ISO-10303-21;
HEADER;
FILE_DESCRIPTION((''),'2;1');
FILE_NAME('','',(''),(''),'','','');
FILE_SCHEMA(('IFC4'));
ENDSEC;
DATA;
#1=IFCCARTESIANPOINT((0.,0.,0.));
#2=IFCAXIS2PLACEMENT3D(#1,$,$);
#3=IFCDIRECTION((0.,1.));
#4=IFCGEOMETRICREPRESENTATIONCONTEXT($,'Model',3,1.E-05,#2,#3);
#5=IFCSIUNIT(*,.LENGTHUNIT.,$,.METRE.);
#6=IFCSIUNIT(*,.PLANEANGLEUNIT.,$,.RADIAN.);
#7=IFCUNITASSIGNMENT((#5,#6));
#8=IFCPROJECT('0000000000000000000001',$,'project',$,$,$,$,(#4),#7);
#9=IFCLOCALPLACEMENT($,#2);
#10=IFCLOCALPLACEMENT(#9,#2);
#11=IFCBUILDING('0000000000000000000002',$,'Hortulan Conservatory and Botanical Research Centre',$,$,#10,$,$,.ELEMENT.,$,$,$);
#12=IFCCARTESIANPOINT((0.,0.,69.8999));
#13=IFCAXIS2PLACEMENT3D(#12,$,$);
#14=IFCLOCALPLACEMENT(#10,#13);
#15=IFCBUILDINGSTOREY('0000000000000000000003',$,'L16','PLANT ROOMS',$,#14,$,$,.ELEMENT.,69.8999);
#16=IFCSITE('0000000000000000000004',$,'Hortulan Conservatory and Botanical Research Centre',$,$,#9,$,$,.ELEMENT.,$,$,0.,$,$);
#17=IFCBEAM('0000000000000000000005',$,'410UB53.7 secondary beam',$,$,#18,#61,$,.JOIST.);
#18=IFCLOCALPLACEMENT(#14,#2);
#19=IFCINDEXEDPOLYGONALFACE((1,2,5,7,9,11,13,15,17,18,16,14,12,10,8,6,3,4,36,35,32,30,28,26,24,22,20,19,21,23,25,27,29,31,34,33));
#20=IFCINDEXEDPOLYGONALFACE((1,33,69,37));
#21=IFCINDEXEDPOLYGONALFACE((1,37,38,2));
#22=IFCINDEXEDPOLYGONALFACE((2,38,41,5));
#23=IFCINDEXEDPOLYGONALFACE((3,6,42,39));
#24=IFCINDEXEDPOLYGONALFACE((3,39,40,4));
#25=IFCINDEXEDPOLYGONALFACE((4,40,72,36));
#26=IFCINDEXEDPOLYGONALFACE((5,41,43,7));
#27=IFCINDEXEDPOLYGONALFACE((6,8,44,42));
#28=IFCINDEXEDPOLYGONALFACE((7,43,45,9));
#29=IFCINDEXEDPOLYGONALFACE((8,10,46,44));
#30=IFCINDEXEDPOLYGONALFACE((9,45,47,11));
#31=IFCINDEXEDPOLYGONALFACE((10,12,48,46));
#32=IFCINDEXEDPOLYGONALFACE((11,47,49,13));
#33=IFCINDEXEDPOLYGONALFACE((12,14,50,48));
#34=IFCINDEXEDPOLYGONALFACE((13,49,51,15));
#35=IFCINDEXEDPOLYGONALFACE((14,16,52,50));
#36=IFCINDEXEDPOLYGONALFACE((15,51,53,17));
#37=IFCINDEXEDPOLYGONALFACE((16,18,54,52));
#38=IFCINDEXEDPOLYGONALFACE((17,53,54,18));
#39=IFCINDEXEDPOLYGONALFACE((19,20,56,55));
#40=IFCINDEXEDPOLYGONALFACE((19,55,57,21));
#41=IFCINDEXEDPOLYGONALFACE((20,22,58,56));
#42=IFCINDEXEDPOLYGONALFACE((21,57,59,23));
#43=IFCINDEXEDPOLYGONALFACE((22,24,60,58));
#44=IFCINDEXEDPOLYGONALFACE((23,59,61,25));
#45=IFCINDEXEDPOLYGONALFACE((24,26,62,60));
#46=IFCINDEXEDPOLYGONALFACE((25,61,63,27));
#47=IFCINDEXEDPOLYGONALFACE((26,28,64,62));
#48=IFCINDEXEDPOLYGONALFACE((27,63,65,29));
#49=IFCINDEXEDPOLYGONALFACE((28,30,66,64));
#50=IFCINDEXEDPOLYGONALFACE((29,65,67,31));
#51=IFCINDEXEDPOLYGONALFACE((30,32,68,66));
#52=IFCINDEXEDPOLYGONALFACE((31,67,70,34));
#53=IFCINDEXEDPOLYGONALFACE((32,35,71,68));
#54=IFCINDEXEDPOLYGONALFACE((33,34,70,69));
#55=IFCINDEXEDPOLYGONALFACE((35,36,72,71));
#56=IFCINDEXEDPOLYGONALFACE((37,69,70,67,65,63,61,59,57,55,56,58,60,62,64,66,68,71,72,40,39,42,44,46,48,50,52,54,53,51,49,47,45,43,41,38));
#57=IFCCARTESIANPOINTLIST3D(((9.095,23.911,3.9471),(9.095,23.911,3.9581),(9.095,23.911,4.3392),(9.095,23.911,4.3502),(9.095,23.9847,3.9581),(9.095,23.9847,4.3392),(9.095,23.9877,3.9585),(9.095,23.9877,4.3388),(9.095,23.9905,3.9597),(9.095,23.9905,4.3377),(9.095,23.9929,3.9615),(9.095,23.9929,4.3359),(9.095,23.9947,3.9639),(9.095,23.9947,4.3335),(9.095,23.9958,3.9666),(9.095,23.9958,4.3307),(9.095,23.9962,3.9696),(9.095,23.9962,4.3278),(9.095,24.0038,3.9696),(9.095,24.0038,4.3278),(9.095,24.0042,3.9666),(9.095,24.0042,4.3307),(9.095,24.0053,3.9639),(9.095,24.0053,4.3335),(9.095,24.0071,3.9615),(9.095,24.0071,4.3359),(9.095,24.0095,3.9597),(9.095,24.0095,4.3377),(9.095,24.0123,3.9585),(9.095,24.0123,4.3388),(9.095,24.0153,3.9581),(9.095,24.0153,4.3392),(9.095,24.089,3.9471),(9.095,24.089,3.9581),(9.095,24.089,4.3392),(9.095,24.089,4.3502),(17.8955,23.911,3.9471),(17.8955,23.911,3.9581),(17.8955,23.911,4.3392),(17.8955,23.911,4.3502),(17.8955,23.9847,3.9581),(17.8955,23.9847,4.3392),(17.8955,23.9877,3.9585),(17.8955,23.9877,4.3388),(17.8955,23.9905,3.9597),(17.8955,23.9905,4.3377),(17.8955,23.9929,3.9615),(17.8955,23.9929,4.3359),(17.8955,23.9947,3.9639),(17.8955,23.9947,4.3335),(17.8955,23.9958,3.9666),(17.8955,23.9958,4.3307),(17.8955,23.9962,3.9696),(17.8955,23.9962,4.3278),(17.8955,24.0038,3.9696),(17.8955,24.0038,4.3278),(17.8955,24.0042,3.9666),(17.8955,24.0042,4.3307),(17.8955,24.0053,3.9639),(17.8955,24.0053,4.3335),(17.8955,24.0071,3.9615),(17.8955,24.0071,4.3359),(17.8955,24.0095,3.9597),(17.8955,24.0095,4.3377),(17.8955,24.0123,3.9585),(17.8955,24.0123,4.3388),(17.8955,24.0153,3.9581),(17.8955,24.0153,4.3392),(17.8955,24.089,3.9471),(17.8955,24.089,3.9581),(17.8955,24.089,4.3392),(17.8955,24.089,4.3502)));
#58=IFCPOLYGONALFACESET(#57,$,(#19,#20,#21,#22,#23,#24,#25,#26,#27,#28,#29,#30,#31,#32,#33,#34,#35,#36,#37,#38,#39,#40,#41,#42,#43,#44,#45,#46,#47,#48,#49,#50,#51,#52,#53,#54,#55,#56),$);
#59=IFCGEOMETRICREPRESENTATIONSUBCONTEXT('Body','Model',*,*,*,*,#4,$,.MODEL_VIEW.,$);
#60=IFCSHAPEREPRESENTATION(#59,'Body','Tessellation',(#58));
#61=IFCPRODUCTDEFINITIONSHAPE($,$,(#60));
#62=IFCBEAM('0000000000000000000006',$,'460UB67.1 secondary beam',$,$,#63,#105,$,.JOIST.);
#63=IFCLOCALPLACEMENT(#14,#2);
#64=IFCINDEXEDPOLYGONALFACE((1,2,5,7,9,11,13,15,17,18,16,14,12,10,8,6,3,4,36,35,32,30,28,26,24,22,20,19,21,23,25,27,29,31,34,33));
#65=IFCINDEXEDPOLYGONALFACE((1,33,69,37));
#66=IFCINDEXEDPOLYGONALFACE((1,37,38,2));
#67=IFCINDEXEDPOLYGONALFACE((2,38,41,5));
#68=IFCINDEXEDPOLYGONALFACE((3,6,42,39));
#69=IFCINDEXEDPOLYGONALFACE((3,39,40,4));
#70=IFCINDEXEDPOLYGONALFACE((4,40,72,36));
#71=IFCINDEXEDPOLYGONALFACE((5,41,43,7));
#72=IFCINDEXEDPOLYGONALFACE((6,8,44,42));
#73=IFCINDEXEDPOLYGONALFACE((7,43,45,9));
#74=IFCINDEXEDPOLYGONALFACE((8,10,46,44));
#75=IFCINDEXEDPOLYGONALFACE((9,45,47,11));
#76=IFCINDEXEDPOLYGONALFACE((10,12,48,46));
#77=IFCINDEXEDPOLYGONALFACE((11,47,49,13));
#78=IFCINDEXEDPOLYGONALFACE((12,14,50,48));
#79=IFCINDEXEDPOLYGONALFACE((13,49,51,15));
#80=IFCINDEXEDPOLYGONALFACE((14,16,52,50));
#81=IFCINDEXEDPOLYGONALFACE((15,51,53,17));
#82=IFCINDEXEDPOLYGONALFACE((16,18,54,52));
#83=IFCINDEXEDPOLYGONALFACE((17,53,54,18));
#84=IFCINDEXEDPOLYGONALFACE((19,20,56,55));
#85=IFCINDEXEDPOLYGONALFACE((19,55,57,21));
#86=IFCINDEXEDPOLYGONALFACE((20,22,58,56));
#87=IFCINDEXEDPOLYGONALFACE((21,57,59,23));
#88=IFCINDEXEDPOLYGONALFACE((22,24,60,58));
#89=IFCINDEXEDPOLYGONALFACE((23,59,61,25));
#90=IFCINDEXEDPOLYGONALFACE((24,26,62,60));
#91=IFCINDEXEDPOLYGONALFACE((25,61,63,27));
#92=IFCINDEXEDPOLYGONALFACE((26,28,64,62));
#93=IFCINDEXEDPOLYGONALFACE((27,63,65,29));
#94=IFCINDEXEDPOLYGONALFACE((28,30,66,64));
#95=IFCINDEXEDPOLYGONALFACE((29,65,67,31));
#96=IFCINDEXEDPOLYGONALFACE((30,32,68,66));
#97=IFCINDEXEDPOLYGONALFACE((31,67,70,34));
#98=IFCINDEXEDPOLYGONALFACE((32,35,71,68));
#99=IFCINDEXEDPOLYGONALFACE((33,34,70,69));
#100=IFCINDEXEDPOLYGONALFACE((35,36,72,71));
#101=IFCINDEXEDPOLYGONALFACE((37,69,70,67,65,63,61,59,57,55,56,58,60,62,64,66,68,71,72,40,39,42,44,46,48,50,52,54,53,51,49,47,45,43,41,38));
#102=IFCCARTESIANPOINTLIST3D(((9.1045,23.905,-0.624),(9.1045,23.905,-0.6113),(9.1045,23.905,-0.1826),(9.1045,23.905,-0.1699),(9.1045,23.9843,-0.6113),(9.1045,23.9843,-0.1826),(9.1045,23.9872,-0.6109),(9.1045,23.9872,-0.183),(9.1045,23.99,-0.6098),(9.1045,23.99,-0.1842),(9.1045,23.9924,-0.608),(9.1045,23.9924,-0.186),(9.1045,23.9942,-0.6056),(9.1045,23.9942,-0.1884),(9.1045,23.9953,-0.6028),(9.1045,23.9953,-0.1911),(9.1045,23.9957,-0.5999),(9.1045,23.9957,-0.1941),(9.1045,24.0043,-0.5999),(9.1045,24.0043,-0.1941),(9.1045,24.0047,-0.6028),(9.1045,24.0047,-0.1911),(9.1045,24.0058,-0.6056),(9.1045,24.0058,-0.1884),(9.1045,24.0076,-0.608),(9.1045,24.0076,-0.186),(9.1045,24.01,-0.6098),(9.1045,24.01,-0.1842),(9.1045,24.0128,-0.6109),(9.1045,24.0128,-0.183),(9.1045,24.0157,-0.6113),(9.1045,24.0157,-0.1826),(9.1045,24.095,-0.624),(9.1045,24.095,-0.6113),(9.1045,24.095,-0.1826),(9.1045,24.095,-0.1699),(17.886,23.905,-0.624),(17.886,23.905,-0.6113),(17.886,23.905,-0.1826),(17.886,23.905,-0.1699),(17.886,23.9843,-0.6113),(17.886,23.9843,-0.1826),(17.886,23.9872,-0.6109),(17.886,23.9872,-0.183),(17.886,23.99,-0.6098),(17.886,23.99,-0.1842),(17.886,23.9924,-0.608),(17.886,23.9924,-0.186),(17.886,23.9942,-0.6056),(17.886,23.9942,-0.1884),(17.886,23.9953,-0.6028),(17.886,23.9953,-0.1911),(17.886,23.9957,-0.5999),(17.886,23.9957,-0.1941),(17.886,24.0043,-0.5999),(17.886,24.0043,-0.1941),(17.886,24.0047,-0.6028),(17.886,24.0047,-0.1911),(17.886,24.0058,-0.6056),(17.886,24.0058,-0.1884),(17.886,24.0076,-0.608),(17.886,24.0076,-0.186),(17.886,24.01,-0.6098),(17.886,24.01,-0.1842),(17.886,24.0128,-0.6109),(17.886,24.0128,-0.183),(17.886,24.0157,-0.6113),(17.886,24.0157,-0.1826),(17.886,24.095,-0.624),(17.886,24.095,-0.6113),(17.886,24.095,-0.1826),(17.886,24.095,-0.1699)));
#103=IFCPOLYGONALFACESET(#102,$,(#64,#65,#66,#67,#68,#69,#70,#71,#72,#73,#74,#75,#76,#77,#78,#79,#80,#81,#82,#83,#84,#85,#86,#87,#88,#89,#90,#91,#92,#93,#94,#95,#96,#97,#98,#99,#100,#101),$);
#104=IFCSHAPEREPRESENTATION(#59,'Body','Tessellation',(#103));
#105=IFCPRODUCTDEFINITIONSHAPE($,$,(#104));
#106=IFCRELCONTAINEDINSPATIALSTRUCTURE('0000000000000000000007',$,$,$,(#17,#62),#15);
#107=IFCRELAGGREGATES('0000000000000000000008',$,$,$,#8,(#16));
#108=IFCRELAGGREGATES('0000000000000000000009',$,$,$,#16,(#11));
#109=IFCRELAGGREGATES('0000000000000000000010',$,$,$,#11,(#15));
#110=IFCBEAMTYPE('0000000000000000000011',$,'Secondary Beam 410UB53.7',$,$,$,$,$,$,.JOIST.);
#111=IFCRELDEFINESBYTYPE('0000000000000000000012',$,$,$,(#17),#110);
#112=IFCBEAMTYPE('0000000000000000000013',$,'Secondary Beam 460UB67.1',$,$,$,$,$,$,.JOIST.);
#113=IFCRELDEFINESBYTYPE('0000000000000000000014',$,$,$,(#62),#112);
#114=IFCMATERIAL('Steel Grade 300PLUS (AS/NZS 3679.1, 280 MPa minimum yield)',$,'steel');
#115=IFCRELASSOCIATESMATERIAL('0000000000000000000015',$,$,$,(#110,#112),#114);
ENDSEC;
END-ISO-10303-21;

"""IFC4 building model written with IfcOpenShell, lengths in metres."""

from ifc_helpers import new_model, si_unit, direction, frame, origin, origin_2d, place, context, subcontext, project, spatial, i_section, extrude, material, material_profile, profile_set, type_object, element, save


model = new_model("IFC4")

# Units and contexts
model_context = context("Model", 3, precision=1e-05, world=origin(), true_north=direction((0.0, 1.0)))
body_context = subcontext(model_context, "Body", "Model", "MODEL_VIEW")
ifc_project = project(units=[si_unit("LENGTHUNIT", "METRE"), si_unit("PLANEANGLEUNIT", "RADIAN")], contexts=[model_context])

# Site, building, storey
site_placement = place(None, origin())
site = spatial("IfcSite", under=ifc_project, at=site_placement, Name="Hortulan Conservatory and Botanical Research Centre", CompositionType="ELEMENT", RefElevation=0.0)
building_placement = place(site_placement, origin())
building = spatial("IfcBuilding", under=site, at=building_placement, Name="Hortulan Conservatory and Botanical Research Centre", CompositionType="ELEMENT")
storey_placement = place(building_placement, frame((0.0, 0.0, 69.8999)))
storey = spatial("IfcBuildingStorey", under=building, at=storey_placement, Name="L16", Description="PLANT ROOMS", CompositionType="ELEMENT", Elevation=69.8999)

# Shared definitions
ifc_material_1 = material(Name="Steel Grade 300PLUS (AS/NZS 3679.1, 280 MPa minimum yield)", Category="steel")

# Beams
ifc_material_profile_1 = material_profile(ifc_material_1, i_section(OverallWidth=0.178, OverallDepth=0.4031, WebThickness=0.0076, FlangeThickness=0.011, FilletRadius=0.0115, at=origin_2d()), Name="410UB53.7")
ifc_profile_set_1 = profile_set([ifc_material_profile_1], Name="Steel Grade 300PLUS (AS/NZS 3679.1, 280 MPa minimum yield)")
beam_type_1 = type_object("IfcBeamType", Name="Secondary Beam 410UB53.7", PredefinedType="JOIST", material=ifc_profile_set_1)
beam_1_placement = place(storey_placement, frame((9.095, 24.0, 4.1487), z_axis=(1.0, 0.0, 0.0), x_axis=(0.0, 1.0, 0.0)))
element("IfcBeam", 1, at=beam_1_placement, inside=storey, type_object=beam_type_1, Name="410UB53.7 secondary beam", PredefinedType="JOIST", context=body_context, shape_type="SweptSolid", body=[
    extrude(i_section(OverallWidth=0.178, OverallDepth=0.4031, WebThickness=0.0076, FlangeThickness=0.011, FilletRadius=0.0115, at=origin_2d()), origin(), (0.0, 0.0, 1.0), 8.8005),
])
ifc_material_profile_2 = material_profile(ifc_material_1, i_section(OverallWidth=0.1899, OverallDepth=0.4541, WebThickness=0.0085, FlangeThickness=0.0127, FilletRadius=0.0115, at=origin_2d()), Name="460UB67.1")
ifc_profile_set_2 = profile_set([ifc_material_profile_2], Name="Steel Grade 300PLUS (AS/NZS 3679.1, 280 MPa minimum yield)")
beam_type_2 = type_object("IfcBeamType", Name="Secondary Beam 460UB67.1", PredefinedType="JOIST", material=ifc_profile_set_2)
beam_2_placement = place(storey_placement, frame((9.1045, 24.0, -0.397), z_axis=(1.0, 0.0, 0.0), x_axis=(0.0, 1.0, 0.0)))
element("IfcBeam", 2, at=beam_2_placement, inside=storey, type_object=beam_type_2, Name="460UB67.1 secondary beam", PredefinedType="JOIST", context=body_context, shape_type="SweptSolid", body=[
    extrude(i_section(OverallWidth=0.1899, OverallDepth=0.4541, WebThickness=0.0085, FlangeThickness=0.0127, FilletRadius=0.0115, at=origin_2d()), origin(), (0.0, 0.0, 1.0), 8.7815),
])

save(model, "model.ifc")
